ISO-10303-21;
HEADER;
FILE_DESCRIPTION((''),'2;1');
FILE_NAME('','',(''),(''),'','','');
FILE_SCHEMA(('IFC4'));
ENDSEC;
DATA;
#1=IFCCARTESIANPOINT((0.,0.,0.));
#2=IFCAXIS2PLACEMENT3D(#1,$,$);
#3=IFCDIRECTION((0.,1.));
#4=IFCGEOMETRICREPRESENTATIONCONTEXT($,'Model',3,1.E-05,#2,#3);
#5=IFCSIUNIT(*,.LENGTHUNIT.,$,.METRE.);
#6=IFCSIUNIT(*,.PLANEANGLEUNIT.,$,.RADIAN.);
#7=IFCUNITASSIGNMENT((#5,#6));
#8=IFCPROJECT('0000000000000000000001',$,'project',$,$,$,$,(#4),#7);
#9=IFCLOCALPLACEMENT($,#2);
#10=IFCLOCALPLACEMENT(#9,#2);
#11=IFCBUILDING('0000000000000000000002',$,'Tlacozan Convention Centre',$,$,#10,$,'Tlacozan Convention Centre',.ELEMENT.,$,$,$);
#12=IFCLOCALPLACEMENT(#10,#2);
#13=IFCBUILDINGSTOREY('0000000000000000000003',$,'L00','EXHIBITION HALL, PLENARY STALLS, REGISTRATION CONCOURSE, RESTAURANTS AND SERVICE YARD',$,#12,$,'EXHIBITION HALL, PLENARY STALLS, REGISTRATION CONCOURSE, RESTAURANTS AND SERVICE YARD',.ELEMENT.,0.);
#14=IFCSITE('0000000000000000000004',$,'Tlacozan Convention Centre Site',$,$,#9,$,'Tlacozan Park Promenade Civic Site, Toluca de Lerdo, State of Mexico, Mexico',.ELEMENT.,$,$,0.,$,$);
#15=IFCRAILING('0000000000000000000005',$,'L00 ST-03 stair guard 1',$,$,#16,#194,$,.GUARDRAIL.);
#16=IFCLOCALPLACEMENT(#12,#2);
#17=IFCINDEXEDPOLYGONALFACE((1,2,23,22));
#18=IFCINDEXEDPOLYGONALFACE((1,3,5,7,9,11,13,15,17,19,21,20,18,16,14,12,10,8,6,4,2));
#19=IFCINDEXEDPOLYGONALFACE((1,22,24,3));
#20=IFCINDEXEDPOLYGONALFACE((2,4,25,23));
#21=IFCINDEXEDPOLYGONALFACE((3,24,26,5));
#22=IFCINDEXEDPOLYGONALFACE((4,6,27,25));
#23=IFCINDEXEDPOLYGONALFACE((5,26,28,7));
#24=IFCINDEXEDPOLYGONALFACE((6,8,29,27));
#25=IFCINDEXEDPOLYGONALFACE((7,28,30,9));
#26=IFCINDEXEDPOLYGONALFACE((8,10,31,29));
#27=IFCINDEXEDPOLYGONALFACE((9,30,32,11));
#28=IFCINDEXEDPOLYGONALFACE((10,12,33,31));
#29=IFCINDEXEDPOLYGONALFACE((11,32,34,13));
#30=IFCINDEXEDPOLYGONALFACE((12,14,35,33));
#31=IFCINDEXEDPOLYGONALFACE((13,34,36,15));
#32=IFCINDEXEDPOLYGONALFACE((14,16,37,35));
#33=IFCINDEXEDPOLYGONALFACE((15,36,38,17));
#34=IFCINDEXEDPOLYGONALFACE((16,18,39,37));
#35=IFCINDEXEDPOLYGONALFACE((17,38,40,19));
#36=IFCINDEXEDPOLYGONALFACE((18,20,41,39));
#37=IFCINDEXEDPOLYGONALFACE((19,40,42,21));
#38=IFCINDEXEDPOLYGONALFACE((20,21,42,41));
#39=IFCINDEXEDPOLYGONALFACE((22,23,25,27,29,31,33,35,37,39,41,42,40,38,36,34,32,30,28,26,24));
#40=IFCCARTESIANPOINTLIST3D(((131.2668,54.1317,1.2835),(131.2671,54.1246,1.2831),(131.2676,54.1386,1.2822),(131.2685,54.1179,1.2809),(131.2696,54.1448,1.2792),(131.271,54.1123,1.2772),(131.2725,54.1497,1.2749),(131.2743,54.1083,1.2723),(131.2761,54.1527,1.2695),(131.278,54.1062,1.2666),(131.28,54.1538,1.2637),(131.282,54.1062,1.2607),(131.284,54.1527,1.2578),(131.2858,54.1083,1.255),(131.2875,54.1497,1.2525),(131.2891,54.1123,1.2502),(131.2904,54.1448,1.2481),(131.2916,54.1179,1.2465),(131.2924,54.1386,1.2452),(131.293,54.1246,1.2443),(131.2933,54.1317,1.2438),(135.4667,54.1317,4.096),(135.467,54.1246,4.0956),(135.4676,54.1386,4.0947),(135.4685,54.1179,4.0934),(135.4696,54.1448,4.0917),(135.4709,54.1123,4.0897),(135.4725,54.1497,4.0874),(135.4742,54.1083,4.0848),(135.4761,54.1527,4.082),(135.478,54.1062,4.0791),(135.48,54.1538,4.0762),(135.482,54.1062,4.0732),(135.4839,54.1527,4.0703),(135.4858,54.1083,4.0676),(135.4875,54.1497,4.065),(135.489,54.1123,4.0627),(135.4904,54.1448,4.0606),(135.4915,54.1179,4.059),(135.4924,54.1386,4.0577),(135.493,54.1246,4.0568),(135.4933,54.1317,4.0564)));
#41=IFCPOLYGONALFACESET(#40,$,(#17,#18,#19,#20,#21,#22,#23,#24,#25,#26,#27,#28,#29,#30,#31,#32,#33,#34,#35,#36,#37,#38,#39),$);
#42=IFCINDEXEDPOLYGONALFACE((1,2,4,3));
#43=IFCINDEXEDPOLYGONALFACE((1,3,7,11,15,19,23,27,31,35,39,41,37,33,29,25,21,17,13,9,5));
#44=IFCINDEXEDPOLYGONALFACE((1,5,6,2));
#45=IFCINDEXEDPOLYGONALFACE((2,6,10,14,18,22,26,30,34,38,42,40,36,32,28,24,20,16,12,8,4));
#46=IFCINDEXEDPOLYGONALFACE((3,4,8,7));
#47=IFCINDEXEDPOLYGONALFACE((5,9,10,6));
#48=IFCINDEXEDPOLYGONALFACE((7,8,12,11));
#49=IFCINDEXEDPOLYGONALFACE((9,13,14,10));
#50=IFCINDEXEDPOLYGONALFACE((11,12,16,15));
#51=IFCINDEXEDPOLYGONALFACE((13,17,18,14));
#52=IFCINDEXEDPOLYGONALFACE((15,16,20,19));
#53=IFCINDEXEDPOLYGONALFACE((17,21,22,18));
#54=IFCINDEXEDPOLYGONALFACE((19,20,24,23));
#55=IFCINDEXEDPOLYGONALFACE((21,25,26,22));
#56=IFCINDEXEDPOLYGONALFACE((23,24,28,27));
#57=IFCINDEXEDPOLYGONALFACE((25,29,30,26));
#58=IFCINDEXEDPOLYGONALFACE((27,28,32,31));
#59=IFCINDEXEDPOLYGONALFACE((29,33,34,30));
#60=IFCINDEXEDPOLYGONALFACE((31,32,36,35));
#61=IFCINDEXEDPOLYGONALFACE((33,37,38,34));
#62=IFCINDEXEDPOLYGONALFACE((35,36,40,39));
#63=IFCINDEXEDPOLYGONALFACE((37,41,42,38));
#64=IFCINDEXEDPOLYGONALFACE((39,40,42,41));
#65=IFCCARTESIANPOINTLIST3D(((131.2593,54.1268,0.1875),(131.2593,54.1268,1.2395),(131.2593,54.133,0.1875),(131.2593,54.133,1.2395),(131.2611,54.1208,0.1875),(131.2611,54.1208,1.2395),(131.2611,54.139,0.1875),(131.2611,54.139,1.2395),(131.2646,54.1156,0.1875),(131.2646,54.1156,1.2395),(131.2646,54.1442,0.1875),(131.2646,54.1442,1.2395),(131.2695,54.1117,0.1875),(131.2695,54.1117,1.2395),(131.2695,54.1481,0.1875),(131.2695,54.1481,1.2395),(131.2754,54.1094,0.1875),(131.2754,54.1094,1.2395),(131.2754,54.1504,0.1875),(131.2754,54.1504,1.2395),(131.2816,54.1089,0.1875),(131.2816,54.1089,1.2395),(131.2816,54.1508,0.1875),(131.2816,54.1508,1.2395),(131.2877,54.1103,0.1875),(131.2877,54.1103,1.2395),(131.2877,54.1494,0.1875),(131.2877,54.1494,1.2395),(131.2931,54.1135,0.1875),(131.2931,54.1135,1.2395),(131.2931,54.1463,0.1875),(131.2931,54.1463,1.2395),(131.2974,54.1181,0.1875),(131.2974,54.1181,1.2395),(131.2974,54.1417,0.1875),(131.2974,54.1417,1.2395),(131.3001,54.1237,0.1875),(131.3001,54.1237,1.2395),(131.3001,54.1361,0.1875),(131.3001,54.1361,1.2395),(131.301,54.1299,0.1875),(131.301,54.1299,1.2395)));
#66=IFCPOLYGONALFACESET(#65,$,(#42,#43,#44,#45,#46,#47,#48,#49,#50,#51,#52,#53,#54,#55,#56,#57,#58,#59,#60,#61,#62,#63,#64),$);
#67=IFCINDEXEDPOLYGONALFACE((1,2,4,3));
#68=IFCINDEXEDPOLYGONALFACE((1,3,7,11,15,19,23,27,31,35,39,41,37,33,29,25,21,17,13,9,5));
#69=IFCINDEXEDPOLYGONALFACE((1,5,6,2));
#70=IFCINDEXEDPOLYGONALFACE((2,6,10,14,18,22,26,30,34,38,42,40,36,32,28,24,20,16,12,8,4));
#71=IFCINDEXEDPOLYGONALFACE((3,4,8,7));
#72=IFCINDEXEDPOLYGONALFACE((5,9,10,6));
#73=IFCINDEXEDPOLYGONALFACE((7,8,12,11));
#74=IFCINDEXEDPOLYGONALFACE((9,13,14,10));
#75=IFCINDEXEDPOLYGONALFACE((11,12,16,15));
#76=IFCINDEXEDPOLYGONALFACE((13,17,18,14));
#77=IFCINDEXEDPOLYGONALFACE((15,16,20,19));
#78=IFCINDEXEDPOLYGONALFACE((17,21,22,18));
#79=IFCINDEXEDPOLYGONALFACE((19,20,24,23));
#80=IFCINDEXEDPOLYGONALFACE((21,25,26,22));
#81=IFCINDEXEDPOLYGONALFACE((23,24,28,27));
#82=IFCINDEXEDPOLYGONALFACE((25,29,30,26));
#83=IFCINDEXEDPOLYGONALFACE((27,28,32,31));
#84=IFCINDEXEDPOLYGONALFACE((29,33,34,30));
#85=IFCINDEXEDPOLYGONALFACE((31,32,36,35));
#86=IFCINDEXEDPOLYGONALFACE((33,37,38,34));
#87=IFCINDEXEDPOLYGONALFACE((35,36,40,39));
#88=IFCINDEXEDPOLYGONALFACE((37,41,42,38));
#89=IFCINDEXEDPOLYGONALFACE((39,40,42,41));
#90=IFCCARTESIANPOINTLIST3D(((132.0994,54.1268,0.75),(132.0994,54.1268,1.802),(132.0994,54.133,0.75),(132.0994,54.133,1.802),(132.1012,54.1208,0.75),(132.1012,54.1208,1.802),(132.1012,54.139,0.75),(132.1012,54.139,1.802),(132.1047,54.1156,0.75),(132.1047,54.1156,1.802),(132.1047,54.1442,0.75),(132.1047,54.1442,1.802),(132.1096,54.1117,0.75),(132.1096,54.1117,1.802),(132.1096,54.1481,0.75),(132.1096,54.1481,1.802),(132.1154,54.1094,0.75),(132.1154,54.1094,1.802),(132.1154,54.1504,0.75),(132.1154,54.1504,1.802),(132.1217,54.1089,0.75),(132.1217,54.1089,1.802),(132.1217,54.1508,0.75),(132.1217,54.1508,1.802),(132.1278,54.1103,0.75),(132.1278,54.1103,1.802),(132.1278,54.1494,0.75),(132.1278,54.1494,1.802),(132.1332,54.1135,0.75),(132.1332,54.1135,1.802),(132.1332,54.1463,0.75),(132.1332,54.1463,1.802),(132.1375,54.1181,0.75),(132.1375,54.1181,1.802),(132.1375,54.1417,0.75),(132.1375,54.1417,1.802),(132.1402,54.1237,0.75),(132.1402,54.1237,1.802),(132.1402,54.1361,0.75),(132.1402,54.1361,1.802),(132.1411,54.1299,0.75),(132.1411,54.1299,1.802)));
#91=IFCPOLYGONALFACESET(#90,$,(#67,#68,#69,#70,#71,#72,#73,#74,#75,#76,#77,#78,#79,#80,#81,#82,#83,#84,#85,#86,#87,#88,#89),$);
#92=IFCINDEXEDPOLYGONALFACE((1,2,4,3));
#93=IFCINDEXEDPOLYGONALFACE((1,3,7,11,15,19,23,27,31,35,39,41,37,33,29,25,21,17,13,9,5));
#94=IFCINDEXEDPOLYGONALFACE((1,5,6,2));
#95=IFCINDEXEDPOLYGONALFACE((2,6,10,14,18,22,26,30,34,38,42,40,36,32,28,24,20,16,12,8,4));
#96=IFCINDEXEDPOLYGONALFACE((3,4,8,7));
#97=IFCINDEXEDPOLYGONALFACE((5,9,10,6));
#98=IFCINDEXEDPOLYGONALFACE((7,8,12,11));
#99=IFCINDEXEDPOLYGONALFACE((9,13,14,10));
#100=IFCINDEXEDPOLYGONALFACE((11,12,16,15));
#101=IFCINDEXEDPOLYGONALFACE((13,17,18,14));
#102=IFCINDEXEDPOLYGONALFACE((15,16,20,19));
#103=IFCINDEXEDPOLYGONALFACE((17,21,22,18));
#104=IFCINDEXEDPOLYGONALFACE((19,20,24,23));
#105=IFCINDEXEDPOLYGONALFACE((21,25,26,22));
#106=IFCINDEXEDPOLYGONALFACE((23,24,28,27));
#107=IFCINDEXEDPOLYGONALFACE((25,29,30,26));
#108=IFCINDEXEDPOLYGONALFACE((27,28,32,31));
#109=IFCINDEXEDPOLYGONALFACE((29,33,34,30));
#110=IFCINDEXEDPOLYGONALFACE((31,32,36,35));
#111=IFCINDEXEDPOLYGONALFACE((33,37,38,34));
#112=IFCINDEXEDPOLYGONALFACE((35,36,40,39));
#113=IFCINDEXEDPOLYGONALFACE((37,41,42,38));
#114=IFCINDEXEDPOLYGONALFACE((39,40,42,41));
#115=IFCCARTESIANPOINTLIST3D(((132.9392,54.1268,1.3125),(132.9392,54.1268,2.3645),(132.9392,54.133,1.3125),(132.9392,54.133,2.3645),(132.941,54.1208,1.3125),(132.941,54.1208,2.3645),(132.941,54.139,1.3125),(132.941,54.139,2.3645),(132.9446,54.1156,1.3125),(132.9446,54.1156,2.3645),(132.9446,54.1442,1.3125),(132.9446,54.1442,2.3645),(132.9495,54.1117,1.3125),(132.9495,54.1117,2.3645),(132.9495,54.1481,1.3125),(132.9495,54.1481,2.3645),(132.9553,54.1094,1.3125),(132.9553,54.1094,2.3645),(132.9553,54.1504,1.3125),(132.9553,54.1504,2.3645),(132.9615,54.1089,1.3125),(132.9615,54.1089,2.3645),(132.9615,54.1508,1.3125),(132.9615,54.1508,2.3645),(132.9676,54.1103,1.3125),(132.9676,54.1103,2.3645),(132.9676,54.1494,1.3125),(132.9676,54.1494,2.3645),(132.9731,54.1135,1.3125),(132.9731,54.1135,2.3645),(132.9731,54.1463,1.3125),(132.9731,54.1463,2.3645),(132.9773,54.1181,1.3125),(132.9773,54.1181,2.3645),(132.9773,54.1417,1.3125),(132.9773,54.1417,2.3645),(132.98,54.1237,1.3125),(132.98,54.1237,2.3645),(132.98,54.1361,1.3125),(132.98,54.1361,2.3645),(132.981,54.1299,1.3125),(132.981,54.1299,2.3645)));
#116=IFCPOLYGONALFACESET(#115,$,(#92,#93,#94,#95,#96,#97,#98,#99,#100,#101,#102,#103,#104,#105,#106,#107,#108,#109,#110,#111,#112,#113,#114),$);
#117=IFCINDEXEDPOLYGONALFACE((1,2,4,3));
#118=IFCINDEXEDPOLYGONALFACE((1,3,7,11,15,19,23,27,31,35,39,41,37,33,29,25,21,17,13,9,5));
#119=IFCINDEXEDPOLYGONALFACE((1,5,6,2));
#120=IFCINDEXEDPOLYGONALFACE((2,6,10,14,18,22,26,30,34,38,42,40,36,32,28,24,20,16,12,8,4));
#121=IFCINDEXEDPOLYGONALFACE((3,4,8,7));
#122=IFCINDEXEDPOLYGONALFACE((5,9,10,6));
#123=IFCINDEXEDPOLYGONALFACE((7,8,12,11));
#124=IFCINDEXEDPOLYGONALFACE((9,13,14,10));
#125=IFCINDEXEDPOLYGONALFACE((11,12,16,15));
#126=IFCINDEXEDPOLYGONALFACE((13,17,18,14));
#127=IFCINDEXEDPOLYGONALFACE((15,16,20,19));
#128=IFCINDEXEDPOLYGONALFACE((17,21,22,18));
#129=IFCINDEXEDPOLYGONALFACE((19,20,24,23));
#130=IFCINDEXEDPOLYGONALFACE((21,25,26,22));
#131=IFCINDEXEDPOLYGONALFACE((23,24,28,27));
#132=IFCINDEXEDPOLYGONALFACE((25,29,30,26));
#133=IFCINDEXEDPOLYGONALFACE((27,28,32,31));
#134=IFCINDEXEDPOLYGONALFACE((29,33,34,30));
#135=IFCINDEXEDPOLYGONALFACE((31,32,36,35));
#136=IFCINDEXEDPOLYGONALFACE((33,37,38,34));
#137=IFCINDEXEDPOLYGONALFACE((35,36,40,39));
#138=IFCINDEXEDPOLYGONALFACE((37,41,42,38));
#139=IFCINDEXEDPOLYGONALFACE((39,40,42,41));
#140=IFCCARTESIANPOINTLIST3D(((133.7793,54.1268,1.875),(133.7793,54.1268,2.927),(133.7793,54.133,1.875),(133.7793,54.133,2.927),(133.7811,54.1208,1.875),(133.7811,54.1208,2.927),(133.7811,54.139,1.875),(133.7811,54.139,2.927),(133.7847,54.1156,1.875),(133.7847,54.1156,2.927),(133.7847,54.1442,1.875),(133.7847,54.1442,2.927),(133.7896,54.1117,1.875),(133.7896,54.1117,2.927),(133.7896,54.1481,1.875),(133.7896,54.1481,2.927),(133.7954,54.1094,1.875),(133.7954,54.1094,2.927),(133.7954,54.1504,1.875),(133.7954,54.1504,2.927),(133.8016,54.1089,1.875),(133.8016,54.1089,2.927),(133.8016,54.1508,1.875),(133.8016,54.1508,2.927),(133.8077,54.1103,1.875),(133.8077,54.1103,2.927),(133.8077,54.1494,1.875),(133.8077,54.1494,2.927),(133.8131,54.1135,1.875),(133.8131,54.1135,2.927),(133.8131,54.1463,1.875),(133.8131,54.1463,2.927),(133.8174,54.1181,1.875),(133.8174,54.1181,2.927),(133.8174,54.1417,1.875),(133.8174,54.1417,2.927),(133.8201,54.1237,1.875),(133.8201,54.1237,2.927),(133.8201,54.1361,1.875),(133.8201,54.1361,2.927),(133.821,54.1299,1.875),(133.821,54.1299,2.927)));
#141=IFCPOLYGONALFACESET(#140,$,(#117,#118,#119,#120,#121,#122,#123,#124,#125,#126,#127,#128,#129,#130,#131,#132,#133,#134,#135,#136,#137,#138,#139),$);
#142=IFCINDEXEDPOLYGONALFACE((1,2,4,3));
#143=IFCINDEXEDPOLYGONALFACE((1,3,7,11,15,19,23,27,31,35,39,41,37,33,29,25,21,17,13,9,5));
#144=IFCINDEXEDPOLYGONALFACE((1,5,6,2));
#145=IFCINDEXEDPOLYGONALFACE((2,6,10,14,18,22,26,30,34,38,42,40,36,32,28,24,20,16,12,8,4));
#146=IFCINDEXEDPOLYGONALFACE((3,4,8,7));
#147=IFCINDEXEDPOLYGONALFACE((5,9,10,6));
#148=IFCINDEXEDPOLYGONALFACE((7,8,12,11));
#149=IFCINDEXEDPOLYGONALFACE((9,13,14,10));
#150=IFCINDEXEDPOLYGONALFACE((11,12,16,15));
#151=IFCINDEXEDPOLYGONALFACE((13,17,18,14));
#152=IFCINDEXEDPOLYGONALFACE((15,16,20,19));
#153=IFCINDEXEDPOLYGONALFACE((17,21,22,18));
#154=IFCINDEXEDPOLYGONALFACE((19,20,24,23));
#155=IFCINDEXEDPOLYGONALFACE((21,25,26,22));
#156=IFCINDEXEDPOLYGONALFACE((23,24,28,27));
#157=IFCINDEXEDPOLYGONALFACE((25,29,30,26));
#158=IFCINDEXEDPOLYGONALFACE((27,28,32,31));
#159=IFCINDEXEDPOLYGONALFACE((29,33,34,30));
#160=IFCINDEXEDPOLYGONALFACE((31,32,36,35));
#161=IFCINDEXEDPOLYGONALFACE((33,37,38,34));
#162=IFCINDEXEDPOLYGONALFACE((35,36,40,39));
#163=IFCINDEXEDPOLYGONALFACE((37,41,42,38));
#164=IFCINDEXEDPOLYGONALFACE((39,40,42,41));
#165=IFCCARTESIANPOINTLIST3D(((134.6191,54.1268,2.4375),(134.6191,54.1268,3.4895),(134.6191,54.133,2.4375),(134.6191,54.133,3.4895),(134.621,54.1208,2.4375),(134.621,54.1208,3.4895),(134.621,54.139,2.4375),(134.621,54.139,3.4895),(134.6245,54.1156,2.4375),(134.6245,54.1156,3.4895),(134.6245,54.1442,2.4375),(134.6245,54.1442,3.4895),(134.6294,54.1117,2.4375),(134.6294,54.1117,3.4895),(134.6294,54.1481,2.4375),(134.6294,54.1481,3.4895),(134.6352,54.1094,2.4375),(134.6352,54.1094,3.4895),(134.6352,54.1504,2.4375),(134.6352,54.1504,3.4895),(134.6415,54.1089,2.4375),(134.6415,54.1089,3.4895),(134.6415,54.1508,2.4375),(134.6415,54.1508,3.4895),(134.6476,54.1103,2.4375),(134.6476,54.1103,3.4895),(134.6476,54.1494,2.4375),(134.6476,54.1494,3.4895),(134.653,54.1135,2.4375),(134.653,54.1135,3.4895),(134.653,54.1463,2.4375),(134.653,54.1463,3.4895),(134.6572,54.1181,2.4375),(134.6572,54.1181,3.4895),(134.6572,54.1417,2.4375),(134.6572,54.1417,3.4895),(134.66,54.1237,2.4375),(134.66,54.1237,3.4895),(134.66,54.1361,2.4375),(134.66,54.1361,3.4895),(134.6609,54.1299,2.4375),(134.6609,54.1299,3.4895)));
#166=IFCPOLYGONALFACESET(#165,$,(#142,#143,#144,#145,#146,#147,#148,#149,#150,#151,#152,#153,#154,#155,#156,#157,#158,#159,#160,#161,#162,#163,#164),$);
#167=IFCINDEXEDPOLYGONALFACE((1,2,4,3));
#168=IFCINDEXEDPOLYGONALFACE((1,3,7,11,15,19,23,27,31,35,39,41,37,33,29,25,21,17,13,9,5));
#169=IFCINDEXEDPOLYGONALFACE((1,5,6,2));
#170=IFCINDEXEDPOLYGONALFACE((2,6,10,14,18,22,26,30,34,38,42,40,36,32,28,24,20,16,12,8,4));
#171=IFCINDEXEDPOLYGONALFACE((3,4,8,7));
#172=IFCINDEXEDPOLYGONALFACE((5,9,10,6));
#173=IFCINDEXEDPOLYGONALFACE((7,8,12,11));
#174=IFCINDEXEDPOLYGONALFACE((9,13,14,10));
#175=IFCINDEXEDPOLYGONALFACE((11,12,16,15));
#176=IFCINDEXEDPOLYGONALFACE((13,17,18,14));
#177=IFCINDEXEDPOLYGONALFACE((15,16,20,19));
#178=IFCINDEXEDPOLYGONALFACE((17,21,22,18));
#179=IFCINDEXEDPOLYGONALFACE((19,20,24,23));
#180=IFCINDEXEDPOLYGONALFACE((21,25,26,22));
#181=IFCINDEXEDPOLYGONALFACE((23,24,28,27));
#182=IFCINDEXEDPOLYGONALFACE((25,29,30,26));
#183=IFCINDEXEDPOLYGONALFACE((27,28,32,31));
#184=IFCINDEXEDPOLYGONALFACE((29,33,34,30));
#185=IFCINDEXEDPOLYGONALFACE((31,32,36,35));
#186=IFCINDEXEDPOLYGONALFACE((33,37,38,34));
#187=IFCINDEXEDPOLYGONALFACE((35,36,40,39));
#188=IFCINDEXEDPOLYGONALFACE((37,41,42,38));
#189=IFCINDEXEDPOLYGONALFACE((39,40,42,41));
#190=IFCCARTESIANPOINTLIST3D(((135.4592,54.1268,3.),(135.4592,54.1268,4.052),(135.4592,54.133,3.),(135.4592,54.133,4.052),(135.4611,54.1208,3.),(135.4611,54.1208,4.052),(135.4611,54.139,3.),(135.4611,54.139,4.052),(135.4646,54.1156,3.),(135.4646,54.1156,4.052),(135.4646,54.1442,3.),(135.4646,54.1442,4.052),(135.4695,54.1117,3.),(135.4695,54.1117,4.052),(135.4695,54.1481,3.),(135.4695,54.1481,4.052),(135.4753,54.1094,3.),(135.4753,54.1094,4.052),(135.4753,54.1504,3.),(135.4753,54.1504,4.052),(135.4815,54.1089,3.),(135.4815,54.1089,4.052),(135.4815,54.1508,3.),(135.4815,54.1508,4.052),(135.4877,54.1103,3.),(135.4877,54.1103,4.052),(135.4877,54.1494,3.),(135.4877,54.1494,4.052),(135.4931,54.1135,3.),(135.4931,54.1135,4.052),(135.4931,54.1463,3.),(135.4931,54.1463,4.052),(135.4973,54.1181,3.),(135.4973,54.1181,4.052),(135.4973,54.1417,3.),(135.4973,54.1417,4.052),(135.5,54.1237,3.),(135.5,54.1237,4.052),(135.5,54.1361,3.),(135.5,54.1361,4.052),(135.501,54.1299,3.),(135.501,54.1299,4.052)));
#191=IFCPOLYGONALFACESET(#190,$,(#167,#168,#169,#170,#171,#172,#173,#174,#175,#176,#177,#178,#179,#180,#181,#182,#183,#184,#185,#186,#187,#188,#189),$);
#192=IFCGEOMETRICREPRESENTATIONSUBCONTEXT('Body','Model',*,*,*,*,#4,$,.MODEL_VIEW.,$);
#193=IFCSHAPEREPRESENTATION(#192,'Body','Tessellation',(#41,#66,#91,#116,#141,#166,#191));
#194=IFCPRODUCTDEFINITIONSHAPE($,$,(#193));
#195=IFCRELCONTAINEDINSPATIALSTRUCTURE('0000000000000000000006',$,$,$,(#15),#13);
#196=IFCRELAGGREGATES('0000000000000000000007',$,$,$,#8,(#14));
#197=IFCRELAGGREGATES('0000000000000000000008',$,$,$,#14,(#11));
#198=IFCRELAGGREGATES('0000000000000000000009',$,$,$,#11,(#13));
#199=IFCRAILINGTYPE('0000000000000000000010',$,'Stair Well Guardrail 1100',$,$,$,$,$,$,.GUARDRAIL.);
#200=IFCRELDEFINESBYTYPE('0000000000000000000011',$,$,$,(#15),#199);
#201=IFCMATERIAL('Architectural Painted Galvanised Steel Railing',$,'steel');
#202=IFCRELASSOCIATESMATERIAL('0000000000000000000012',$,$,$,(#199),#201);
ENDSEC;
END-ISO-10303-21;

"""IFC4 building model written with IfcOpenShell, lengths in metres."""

from ifc_helpers import new_model, si_unit, direction, frame, origin, origin_2d, place, context, subcontext, project, spatial, circle, extrude, material, type_object, element, save


model = new_model("IFC4")

# Units and contexts
model_context = context("Model", 3, precision=1e-05, world=origin(), true_north=direction((0.0, 1.0)))
body_context = subcontext(model_context, "Body", "Model", "MODEL_VIEW")
ifc_project = project(units=[si_unit("LENGTHUNIT", "METRE"), si_unit("PLANEANGLEUNIT", "RADIAN")], contexts=[model_context])

# Site, building, storey
site_placement = place(None, origin())
site = spatial("IfcSite", under=ifc_project, at=site_placement, Name="Tlacozan Convention Centre Site", LongName="Tlacozan Park Promenade Civic Site, Toluca de Lerdo, State of Mexico, Mexico", CompositionType="ELEMENT", RefElevation=0.0)
building_placement = place(site_placement, origin())
building = spatial("IfcBuilding", under=site, at=building_placement, Name="Tlacozan Convention Centre", LongName="Tlacozan Convention Centre", CompositionType="ELEMENT")
storey_placement = place(building_placement, origin())
storey = spatial("IfcBuildingStorey", under=building, at=storey_placement, Name="L00", Description="EXHIBITION HALL, PLENARY STALLS, REGISTRATION CONCOURSE, RESTAURANTS AND SERVICE YARD", LongName="EXHIBITION HALL, PLENARY STALLS, REGISTRATION CONCOURSE, RESTAURANTS AND SERVICE YARD", CompositionType="ELEMENT", Elevation=0.0)

# Railing
ifc_material_1 = material(Name="Architectural Painted Galvanised Steel Railing", Category="steel")
railing_type_1 = type_object("IfcRailingType", Name="Stair Well Guardrail 1100", PredefinedType="GUARDRAIL", material=ifc_material_1)
railing_1_placement = place(storey_placement, frame((131.28, 54.1299, 0.1875)))
element("IfcRailing", 1, at=railing_1_placement, inside=storey, type_object=railing_type_1, Name="L00 ST-03 stair guard 1", PredefinedType="GUARDRAIL", context=body_context, shape_type="SweptSolid", body=[
    extrude(circle(Radius=0.0239, at=origin_2d()), frame((0.0, 0.0, 1.0762), z_axis=(0.830904, 0.0, 0.556416), x_axis=(0.0, 1.0, 0.0)), (0.0, 0.0, 1.0), 5.0547),
    extrude(circle(Radius=0.021, at=origin_2d()), origin(), (0.0, 0.0, 1.0), 1.052),
    extrude(circle(Radius=0.021, at=origin_2d()), frame((0.8401, 0.0, 0.5625)), (0.0, 0.0, 1.0), 1.052),
    extrude(circle(Radius=0.021, at=origin_2d()), frame((1.6799, 0.0, 1.125)), (0.0, 0.0, 1.0), 1.052),
    extrude(circle(Radius=0.021, at=origin_2d()), frame((2.52, 0.0, 1.6875)), (0.0, 0.0, 1.0), 1.052),
    extrude(circle(Radius=0.021, at=origin_2d()), frame((3.3599, 0.0, 2.25)), (0.0, 0.0, 1.0), 1.052),
    extrude(circle(Radius=0.021, at=origin_2d()), frame((4.2, 0.0, 2.8125)), (0.0, 0.0, 1.0), 1.052),
])

save(model, "model.ifc")
